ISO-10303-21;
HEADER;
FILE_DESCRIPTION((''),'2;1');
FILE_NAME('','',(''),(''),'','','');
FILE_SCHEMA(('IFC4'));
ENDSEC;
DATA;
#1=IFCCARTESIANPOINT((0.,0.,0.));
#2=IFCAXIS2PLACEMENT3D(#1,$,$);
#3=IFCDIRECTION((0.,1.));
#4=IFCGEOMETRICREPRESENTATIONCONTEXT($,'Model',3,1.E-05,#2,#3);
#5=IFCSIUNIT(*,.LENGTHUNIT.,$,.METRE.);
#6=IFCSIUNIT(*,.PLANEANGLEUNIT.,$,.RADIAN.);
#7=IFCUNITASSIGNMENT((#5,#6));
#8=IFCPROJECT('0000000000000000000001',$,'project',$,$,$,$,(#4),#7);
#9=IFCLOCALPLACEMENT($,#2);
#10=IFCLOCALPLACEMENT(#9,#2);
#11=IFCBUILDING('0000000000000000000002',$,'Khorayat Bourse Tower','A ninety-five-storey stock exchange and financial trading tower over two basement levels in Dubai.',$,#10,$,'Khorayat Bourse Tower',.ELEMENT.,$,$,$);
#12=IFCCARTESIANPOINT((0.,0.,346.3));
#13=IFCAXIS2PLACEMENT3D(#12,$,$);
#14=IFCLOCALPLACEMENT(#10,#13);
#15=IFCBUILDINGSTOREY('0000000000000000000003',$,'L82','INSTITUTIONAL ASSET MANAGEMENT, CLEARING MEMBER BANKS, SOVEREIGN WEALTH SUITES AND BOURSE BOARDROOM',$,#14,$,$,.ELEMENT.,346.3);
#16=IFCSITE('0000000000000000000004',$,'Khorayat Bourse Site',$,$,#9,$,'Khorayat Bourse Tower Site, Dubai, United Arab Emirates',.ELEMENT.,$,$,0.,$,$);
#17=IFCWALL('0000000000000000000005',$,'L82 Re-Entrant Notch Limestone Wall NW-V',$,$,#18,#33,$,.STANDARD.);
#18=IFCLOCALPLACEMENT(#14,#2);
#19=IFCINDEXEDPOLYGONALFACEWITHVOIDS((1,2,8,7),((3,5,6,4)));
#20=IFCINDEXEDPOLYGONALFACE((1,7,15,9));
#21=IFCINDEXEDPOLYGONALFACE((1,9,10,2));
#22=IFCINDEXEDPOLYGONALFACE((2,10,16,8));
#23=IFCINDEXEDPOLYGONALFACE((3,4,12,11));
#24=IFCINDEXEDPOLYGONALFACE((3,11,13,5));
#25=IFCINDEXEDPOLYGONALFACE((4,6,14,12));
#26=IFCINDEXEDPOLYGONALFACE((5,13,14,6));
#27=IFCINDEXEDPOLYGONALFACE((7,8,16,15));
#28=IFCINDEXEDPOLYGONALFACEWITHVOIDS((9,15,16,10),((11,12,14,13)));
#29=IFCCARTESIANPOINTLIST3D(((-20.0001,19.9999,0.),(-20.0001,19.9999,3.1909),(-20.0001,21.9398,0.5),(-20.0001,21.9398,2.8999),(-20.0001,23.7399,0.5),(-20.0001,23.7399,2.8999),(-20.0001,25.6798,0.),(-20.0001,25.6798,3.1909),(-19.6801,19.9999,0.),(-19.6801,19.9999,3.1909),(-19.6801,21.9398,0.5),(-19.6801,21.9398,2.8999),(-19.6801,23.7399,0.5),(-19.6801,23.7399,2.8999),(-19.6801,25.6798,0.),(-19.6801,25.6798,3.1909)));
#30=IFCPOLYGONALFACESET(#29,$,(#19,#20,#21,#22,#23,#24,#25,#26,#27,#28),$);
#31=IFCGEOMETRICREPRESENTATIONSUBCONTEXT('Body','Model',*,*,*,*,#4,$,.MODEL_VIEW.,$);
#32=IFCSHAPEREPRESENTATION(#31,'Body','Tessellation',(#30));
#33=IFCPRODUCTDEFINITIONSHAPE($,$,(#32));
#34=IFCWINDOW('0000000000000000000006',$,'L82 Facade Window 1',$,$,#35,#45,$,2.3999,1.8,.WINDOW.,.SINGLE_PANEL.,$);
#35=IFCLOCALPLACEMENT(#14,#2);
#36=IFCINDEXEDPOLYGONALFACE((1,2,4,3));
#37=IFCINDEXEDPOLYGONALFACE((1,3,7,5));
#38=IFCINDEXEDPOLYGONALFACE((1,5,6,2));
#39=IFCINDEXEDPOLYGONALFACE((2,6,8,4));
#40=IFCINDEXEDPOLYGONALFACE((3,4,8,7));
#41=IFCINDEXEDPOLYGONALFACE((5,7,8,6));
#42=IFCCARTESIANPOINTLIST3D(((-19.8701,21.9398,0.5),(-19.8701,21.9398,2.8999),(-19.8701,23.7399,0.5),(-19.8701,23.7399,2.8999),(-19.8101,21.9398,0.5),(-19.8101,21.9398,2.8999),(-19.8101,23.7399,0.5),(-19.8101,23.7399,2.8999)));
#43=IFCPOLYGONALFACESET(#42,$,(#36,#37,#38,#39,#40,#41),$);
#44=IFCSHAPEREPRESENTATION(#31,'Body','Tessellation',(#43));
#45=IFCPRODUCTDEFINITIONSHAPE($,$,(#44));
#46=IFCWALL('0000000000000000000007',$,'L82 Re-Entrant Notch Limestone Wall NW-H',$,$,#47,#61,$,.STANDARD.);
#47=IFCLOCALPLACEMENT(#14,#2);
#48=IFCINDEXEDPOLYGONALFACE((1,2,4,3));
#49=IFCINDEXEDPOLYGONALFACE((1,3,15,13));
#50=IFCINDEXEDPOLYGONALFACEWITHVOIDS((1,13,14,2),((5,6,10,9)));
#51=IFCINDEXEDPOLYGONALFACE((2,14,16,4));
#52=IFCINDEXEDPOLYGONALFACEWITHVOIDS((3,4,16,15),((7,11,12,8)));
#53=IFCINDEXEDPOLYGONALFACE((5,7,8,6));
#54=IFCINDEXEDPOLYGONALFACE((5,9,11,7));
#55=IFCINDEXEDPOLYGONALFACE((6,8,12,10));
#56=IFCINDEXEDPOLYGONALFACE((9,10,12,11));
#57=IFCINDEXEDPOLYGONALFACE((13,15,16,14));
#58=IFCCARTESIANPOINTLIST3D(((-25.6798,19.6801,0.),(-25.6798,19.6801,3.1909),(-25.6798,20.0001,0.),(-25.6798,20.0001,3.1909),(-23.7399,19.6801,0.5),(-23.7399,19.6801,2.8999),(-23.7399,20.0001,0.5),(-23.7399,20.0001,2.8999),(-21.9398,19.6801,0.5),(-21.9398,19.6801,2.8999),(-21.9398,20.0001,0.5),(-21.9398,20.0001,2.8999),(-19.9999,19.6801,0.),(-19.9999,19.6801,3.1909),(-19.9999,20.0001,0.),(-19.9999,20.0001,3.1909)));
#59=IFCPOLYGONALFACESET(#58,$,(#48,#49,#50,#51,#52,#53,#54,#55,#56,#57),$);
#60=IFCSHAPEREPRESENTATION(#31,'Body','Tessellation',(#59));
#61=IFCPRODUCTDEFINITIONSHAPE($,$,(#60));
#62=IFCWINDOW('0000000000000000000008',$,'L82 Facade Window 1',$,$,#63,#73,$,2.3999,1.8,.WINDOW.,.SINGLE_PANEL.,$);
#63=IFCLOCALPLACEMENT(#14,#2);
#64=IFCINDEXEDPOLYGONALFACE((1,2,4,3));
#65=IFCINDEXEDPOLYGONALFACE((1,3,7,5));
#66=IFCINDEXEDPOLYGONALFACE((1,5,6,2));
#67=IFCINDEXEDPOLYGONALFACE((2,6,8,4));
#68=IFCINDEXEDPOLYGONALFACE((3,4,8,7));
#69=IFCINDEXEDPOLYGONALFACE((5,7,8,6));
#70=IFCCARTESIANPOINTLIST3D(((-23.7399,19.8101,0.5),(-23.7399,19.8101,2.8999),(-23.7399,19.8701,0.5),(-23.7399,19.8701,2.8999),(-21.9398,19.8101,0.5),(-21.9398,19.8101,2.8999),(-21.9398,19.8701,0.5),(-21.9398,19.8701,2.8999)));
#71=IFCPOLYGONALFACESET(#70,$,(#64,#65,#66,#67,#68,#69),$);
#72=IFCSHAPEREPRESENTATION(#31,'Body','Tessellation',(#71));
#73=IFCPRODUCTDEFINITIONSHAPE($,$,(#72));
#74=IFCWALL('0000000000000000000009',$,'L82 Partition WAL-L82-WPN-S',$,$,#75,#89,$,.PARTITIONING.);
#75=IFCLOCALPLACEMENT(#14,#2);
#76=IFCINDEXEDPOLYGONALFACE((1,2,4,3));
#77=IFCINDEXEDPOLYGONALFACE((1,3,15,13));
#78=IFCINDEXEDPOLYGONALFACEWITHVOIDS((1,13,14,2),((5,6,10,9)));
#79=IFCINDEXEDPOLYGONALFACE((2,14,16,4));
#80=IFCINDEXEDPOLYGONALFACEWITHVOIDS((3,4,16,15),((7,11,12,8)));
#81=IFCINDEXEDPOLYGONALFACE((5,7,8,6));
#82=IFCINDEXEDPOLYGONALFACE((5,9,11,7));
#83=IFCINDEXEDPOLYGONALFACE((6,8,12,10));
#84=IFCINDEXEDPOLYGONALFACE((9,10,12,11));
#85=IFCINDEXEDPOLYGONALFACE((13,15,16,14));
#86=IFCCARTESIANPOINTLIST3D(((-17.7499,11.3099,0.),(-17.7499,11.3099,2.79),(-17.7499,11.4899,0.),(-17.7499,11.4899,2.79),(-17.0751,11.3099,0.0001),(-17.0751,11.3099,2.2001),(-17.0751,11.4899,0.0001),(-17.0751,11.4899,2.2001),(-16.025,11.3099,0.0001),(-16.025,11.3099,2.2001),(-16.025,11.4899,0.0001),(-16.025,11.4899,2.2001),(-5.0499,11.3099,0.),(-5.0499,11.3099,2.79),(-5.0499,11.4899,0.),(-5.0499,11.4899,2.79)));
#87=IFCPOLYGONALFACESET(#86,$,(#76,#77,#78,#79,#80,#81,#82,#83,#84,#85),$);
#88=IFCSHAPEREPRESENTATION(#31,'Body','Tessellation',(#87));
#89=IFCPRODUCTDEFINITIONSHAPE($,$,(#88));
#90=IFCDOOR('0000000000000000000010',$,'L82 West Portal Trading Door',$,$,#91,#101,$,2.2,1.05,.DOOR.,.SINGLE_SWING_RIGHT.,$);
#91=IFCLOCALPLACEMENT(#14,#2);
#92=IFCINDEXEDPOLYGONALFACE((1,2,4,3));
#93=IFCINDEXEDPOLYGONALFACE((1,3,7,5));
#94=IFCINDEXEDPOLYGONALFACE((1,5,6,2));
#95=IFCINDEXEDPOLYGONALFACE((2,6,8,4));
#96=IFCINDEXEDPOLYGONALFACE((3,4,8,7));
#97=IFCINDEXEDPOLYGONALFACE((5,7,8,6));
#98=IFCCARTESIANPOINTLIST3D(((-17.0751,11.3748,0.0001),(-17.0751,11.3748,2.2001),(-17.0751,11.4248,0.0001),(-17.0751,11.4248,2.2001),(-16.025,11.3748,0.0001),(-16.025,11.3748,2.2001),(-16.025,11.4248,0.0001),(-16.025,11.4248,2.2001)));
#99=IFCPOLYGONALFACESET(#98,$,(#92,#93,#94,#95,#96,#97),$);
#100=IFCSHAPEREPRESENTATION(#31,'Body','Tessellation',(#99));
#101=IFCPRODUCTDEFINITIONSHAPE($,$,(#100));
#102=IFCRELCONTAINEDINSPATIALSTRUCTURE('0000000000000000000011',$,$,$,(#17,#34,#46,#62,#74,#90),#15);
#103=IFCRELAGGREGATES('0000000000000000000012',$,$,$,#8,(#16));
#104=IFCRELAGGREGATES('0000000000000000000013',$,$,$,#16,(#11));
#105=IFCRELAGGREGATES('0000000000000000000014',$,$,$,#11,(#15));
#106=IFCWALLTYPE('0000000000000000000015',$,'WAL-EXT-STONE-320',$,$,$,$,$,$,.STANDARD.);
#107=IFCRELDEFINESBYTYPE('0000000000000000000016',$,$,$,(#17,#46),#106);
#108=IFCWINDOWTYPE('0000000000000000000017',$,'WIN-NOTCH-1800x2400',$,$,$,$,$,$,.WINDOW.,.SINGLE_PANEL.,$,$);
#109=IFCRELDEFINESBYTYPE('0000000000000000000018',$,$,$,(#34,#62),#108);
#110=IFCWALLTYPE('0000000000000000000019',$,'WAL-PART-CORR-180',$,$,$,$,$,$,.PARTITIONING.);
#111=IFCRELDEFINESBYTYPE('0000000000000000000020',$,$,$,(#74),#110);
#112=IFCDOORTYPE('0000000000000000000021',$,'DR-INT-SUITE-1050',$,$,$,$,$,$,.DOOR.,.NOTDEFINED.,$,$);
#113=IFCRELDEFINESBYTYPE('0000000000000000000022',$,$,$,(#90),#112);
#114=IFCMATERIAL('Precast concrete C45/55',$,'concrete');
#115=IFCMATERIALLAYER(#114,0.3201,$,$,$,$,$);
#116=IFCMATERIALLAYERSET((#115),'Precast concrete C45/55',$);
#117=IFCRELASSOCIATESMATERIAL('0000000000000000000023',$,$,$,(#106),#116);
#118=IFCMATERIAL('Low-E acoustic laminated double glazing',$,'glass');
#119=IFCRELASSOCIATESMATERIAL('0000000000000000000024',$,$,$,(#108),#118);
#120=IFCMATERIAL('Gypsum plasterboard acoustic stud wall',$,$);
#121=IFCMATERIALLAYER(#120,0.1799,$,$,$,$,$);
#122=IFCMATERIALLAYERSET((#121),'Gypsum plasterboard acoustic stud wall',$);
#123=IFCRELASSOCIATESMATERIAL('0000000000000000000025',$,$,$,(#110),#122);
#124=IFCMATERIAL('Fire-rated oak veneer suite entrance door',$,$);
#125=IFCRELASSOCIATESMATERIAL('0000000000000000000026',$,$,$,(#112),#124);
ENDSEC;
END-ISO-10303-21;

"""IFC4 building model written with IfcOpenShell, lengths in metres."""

from ifc_helpers import new_model, si_unit, direction, frame, frame_2d, origin, place, context, subcontext, project, spatial, rectangle, extrude, source, transform, mapped, material, layer, layer_set, type_object, element, fill, save


model = new_model("IFC4")

# Units and contexts
model_context = context("Model", 3, precision=1e-05, world=origin(), true_north=direction((0.0, 1.0)))
body_context = subcontext(model_context, "Body", "Model", "MODEL_VIEW")
ifc_project = project(units=[si_unit("LENGTHUNIT", "METRE"), si_unit("PLANEANGLEUNIT", "RADIAN")], contexts=[model_context])

# Site, building, storey
site_placement = place(None, origin())
site = spatial("IfcSite", under=ifc_project, at=site_placement, Name="Khorayat Bourse Site", LongName="Khorayat Bourse Tower Site, Dubai, United Arab Emirates", CompositionType="ELEMENT", RefElevation=0.0)
building_placement = place(site_placement, origin())
building = spatial("IfcBuilding", under=site, at=building_placement, Name="Khorayat Bourse Tower", Description="A ninety-five-storey stock exchange and financial trading tower over two basement levels in Dubai.", LongName="Khorayat Bourse Tower", CompositionType="ELEMENT")
storey_placement = place(building_placement, frame((0.0, 0.0, 346.3)))
storey = spatial("IfcBuildingStorey", under=building, at=storey_placement, Name="L82", Description="INSTITUTIONAL ASSET MANAGEMENT, CLEARING MEMBER BANKS, SOVEREIGN WEALTH SUITES AND BOURSE BOARDROOM", CompositionType="ELEMENT", Elevation=346.3)

# Walls, openings, windows
ifc_material_1 = material(Name="Precast concrete C45/55", Category="concrete")
ifc_layer_1 = layer(ifc_material_1, 0.3201)
ifc_layer_set_1 = layer_set([ifc_layer_1], Name="Precast concrete C45/55")
wall_type_1 = type_object("IfcWallType", Name="WAL-EXT-STONE-320", PredefinedType="STANDARD", material=ifc_layer_set_1)
shared_shape_1 = source(origin(), body_context, "Body", "SweptSolid", [
    extrude(rectangle(XDim=5.6799, YDim=0.3201, at=frame_2d((2.8398, 0.0))), origin(), (0.0, 0.0, 1.0), 3.1909),
])
wall_1_placement = place(storey_placement, frame((-19.8401, 20.0, 0.0), z_axis=(0.0, 0.0, 1.0), x_axis=(0.0, 1.0, 0.0)))
wall_1 = element("IfcWall", 1, at=wall_1_placement, inside=storey, type_object=wall_type_1, Name="L82 Re-Entrant Notch Limestone Wall NW-V", PredefinedType="STANDARD", context=body_context, shape_type="MappedRepresentation", body=[
    mapped(shared_shape_1, transform((0.0, 0.0, 0.0), scale=1.0)),
])
shared_shape_2 = source(origin(), body_context, "Body", "SweptSolid", [
    extrude(rectangle(XDim=1.8, YDim=2.3999, at=frame_2d((0.8999, 1.2))), frame((0.0, 0.1699, 0.0), z_axis=(0.0, -1.0, 0.0), x_axis=(1.0, 0.0, 0.0)), (0.0, 0.0, 1.0), 0.3401),
])
opening_1_placement = place(wall_1_placement, frame((1.9399, 0.0, 0.5)))
opening_1 = element("IfcOpeningElement", 2, at=opening_1_placement, cuts=wall_1, PredefinedType="OPENING", context=body_context, shape_type="MappedRepresentation", body=[
    mapped(shared_shape_2, transform((0.0, 0.0, 0.0), scale=1.0)),
])
ifc_material_2 = material(Name="Low-E acoustic laminated double glazing", Category="glass")
window_type = type_object("IfcWindowType", Name="WIN-NOTCH-1800x2400", PartitioningType="SINGLE_PANEL", PredefinedType="WINDOW", material=ifc_material_2)
shared_shape_3 = source(origin(), body_context, "Body", "SweptSolid", [
    extrude(rectangle(XDim=1.8, YDim=2.3999, at=frame_2d((0.8999, 1.2))), frame((0.0, 0.03, 0.0), z_axis=(0.0, -1.0, 0.0), x_axis=(1.0, 0.0, 0.0)), (0.0, 0.0, 1.0), 0.0601),
])
window_1_placement = place(opening_1_placement, origin())
window_1 = element("IfcWindow", 3, at=window_1_placement, inside=storey, type_object=window_type, Name="L82 Facade Window 1", OverallHeight=2.3999, OverallWidth=1.8, PartitioningType="SINGLE_PANEL", PredefinedType="WINDOW", context=body_context, shape_type="MappedRepresentation", body=[
    mapped(shared_shape_3, transform((0.0, 0.0, 0.0), scale=1.0)),
])
fill(opening_1, window_1)
wall_2_placement = place(storey_placement, frame((-20.0, 19.8401, 0.0), z_axis=(0.0, 0.0, 1.0), x_axis=(-1.0, 0.0, 0.0)))
wall_2 = element("IfcWall", 4, at=wall_2_placement, inside=storey, type_object=wall_type_1, Name="L82 Re-Entrant Notch Limestone Wall NW-H", PredefinedType="STANDARD", context=body_context, shape_type="MappedRepresentation", body=[
    mapped(shared_shape_1, transform((0.0, 0.0, 0.0), scale=1.0)),
])
opening_2_placement = place(wall_2_placement, frame((1.9399, 0.0, 0.5)))
opening_2 = element("IfcOpeningElement", 5, at=opening_2_placement, cuts=wall_2, PredefinedType="OPENING", context=body_context, shape_type="MappedRepresentation", body=[
    mapped(shared_shape_2, transform((0.0, 0.0, 0.0), scale=1.0)),
])
window_2_placement = place(opening_2_placement, origin())
window_2 = element("IfcWindow", 6, at=window_2_placement, inside=storey, type_object=window_type, Name="L82 Facade Window 1", OverallHeight=2.3999, OverallWidth=1.8, PartitioningType="SINGLE_PANEL", PredefinedType="WINDOW", context=body_context, shape_type="MappedRepresentation", body=[
    mapped(shared_shape_3, transform((0.0, 0.0, 0.0), scale=1.0)),
])
fill(opening_2, window_2)

# Wall, opening, door
ifc_material_3 = material(Name="Gypsum plasterboard acoustic stud wall")
ifc_layer_2 = layer(ifc_material_3, 0.1799)
ifc_layer_set_2 = layer_set([ifc_layer_2], Name="Gypsum plasterboard acoustic stud wall")
wall_type_2 = type_object("IfcWallType", Name="WAL-PART-CORR-180", PredefinedType="PARTITIONING", material=ifc_layer_set_2)
shared_shape_4 = source(origin(), body_context, "Body", "SweptSolid", [
    extrude(rectangle(XDim=12.7, YDim=0.1799, at=frame_2d((6.3501, 0.0))), origin(), (0.0, 0.0, 1.0), 2.79),
])
wall_3_placement = place(storey_placement, frame((-17.75, 11.3999, 0.0), z_axis=(0.0, 0.0, 1.0), x_axis=(1.0, 0.0, 0.0)))
wall_3 = element("IfcWall", 7, at=wall_3_placement, inside=storey, type_object=wall_type_2, Name="L82 Partition WAL-L82-WPN-S", PredefinedType="PARTITIONING", context=body_context, shape_type="MappedRepresentation", body=[
    mapped(shared_shape_4, transform((0.0, 0.0, 0.0), scale=1.0)),
])
shared_shape_5 = source(origin(), body_context, "Body", "SweptSolid", [
    extrude(rectangle(XDim=1.05, YDim=2.2, at=frame_2d((0.5249, 1.1001))), frame((0.0, 0.0999, 0.0), z_axis=(0.0, -1.0, 0.0), x_axis=(1.0, 0.0, 0.0)), (0.0, 0.0, 1.0), 0.2),
])
opening_3_placement = place(wall_3_placement, frame((0.675, 0.0, 0.0)))
opening_3 = element("IfcOpeningElement", 8, at=opening_3_placement, cuts=wall_3, PredefinedType="OPENING", context=body_context, shape_type="MappedRepresentation", body=[
    mapped(shared_shape_5, transform((0.0, 0.0, 0.0), scale=1.0)),
])
ifc_material_4 = material(Name="Fire-rated oak veneer suite entrance door")
door_type = type_object("IfcDoorType", Name="DR-INT-SUITE-1050", OperationType="NOTDEFINED", PredefinedType="DOOR", material=ifc_material_4)
shared_shape_6 = source(origin(), body_context, "Body", "SweptSolid", [
    extrude(rectangle(XDim=1.05, YDim=2.2, at=frame_2d((0.5249, 1.1001))), frame((0.0, 0.0249, 0.0), z_axis=(0.0, -1.0, 0.0), x_axis=(1.0, 0.0, 0.0)), (0.0, 0.0, 1.0), 0.05),
])
door_placement = place(opening_3_placement, origin())
door = element("IfcDoor", 9, at=door_placement, inside=storey, type_object=door_type, Name="L82 West Portal Trading Door", OperationType="SINGLE_SWING_RIGHT", OverallHeight=2.2, OverallWidth=1.05, PredefinedType="DOOR", context=body_context, shape_type="MappedRepresentation", body=[
    mapped(shared_shape_6, transform((0.0, 0.0, 0.0), scale=1.0)),
])
fill(opening_3, door)

save(model, "model.ifc")
